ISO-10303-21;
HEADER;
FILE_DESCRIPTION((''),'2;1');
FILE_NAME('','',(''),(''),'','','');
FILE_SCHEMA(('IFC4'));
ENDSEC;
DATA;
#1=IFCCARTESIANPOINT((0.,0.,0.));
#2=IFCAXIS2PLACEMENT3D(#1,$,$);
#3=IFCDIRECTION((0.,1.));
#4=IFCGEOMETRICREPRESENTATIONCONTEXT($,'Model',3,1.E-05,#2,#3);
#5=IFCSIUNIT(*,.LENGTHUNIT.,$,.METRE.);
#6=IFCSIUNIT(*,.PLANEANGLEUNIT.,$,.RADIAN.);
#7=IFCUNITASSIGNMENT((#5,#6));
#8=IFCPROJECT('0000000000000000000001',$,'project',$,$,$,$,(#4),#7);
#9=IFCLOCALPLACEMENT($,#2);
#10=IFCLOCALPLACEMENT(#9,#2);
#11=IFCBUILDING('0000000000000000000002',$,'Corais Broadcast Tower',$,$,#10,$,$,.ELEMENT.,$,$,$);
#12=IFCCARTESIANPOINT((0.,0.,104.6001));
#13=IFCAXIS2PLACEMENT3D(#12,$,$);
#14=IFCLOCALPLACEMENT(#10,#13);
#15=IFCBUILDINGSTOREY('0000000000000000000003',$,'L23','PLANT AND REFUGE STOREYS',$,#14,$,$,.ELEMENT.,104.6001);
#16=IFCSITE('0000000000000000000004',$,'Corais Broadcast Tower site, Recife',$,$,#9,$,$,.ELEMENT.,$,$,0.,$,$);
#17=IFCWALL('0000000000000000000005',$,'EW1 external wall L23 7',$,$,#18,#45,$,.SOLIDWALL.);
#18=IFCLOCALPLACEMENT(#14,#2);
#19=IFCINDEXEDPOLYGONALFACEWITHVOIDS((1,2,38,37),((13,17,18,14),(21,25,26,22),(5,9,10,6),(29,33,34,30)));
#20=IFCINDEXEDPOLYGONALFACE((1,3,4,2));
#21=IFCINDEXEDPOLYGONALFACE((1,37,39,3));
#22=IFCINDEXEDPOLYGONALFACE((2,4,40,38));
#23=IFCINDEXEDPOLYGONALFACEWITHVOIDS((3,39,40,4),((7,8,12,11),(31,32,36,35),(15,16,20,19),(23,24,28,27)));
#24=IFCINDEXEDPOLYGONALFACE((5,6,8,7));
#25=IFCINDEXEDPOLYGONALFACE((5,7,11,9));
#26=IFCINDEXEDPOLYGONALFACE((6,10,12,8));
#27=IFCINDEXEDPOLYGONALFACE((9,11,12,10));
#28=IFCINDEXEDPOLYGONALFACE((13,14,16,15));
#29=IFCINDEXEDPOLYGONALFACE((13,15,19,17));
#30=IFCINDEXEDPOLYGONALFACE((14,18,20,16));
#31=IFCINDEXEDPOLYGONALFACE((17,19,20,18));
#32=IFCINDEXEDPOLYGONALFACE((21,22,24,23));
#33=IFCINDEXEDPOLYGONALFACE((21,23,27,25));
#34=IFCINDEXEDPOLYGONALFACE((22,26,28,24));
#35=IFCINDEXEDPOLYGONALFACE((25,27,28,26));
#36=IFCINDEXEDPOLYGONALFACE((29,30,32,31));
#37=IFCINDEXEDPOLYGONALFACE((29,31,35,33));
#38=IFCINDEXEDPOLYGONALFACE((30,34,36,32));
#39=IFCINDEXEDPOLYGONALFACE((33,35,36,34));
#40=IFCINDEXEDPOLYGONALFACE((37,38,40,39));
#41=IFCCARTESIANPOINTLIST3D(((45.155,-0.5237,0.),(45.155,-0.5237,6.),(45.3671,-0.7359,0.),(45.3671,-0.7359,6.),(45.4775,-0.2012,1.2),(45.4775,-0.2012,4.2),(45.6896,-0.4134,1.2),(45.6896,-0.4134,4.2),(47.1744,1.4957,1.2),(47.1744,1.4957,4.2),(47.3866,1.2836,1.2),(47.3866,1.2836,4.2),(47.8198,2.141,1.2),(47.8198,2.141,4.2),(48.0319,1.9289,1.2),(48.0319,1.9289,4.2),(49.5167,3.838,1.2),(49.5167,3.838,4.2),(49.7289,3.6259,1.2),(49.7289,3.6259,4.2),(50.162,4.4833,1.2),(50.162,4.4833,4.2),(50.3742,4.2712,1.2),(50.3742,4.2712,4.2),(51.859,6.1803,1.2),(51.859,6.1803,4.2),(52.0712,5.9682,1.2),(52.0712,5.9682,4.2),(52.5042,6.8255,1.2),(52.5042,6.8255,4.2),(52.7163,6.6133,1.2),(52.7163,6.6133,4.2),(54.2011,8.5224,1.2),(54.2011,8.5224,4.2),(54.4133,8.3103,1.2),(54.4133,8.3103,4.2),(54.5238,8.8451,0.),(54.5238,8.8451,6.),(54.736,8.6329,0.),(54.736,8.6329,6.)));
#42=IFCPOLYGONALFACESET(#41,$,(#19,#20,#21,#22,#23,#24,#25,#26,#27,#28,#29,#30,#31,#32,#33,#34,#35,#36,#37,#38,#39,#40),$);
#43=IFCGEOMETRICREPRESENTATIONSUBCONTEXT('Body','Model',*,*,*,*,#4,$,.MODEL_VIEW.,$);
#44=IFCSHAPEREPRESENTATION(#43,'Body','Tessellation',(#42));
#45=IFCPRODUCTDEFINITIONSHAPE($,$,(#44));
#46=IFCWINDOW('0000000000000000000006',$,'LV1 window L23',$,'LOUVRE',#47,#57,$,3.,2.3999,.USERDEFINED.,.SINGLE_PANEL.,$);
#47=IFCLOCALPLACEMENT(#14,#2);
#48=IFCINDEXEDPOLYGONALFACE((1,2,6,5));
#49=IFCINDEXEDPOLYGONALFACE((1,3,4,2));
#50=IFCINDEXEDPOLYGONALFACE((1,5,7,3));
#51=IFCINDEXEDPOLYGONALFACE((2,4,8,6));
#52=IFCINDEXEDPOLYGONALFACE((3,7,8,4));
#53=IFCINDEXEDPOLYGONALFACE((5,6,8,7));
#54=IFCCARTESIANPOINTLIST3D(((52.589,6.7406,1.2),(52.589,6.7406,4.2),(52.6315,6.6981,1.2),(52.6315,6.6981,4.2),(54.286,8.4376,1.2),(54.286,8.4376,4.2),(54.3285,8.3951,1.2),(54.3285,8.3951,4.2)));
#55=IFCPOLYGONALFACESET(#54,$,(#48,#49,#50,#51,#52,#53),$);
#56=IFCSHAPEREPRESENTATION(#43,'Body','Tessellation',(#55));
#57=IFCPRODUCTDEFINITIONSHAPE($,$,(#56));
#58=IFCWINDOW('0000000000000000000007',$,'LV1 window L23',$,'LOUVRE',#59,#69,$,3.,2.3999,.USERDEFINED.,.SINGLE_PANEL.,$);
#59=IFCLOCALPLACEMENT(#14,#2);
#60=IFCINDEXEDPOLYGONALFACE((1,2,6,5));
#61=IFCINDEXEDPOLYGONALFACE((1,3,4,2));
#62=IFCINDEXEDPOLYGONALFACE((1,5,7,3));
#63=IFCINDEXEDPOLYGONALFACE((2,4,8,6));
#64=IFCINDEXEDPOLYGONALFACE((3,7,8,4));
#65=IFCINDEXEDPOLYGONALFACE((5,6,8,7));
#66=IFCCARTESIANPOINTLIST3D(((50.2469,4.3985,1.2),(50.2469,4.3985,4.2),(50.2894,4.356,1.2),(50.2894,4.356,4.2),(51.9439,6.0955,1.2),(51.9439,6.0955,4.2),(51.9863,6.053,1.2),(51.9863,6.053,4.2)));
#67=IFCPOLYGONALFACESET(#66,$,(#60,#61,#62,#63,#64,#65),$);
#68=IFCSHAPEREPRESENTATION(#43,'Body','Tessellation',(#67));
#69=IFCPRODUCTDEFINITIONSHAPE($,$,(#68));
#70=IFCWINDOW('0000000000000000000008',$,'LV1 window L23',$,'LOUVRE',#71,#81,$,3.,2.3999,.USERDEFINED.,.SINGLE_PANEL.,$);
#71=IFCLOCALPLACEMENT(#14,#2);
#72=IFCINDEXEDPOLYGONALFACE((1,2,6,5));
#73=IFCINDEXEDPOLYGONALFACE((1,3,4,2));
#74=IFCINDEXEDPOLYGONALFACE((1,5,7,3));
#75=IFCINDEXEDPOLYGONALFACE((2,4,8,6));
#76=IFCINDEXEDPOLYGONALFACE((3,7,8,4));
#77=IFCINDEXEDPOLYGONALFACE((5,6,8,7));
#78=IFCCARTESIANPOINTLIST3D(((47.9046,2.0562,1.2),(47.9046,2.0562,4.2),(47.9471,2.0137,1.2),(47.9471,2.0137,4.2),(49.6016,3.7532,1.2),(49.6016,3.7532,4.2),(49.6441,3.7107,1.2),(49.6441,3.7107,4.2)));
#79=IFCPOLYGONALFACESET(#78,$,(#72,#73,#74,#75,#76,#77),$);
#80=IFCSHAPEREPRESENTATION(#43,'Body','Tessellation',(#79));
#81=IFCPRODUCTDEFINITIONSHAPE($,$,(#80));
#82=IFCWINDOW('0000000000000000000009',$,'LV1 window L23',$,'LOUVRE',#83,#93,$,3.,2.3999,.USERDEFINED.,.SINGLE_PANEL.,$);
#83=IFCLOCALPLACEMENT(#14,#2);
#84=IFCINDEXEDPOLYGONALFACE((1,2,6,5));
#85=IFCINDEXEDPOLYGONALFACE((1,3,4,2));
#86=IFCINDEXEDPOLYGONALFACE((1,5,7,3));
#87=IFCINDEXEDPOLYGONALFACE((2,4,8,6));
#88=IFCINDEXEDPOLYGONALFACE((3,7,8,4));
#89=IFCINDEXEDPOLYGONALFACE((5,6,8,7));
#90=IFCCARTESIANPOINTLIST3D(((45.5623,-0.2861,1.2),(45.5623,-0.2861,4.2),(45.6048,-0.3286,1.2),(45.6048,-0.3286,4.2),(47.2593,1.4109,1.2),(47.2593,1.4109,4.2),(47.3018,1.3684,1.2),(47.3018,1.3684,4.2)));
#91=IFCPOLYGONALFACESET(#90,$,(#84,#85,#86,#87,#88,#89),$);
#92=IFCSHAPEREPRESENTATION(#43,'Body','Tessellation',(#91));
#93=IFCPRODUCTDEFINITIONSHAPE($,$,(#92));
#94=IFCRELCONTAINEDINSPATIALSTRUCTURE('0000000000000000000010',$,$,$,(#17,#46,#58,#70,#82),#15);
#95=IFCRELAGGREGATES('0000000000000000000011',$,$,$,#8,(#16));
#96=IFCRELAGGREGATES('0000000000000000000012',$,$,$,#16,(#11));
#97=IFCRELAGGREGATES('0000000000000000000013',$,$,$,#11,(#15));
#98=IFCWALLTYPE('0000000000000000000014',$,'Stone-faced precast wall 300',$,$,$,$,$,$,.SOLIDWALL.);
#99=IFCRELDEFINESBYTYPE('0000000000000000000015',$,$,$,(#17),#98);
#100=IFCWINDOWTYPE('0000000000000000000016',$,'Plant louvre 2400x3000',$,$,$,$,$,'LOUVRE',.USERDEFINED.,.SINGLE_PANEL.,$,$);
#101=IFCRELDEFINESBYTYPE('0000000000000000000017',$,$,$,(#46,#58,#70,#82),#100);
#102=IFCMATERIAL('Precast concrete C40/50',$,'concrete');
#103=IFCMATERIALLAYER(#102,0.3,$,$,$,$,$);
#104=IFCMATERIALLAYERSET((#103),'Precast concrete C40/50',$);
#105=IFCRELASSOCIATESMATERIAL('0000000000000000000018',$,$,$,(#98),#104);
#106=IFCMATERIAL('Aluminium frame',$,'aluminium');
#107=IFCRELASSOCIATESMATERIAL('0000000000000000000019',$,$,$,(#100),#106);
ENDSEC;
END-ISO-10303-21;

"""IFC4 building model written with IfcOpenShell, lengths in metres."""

from ifc_helpers import new_model, si_unit, direction, frame, frame_2d, origin, place, context, subcontext, project, spatial, rectangle, extrude, material, layer, layer_set, type_object, element, fill, save


model = new_model("IFC4")

# Units and contexts
model_context = context("Model", 3, precision=1e-05, world=origin(), true_north=direction((0.0, 1.0)))
body_context = subcontext(model_context, "Body", "Model", "MODEL_VIEW")
ifc_project = project(units=[si_unit("LENGTHUNIT", "METRE"), si_unit("PLANEANGLEUNIT", "RADIAN")], contexts=[model_context])

# Site, building, storey
site_placement = place(None, origin())
site = spatial("IfcSite", under=ifc_project, at=site_placement, Name="Corais Broadcast Tower site, Recife", CompositionType="ELEMENT", RefElevation=0.0)
building_placement = place(site_placement, origin())
building = spatial("IfcBuilding", under=site, at=building_placement, Name="Corais Broadcast Tower", CompositionType="ELEMENT")
storey_placement = place(building_placement, frame((0.0, 0.0, 104.6001)))
storey = spatial("IfcBuildingStorey", under=building, at=storey_placement, Name="L23", Description="PLANT AND REFUGE STOREYS", CompositionType="ELEMENT", Elevation=104.6001)

# Wall, openings, windows
ifc_material_1 = material(Name="Precast concrete C40/50", Category="concrete")
ifc_layer = layer(ifc_material_1, 0.3)
ifc_layer_set = layer_set([ifc_layer], Name="Precast concrete C40/50")
wall_type = type_object("IfcWallType", Name="Stone-faced precast wall 300", PredefinedType="SOLIDWALL", material=ifc_layer_set)
wall_1_placement = place(storey_placement, frame((54.6299, 8.739, 0.0), z_axis=(0.0, 0.0, 1.0), x_axis=(-0.707107, -0.707107, 0.0)))
wall_1 = element("IfcWall", 1, at=wall_1_placement, inside=storey, type_object=wall_type, Name="EW1 external wall L23 7", PredefinedType="SOLIDWALL", context=body_context, shape_type="SweptSolid", body=[
    extrude(rectangle(XDim=13.2495, YDim=0.3, at=frame_2d((6.6248, 0.0))), origin(), (0.0, 0.0, 1.0), 6.0),
])
opening_1_placement = place(wall_1_placement, frame((0.4563, 0.0, 1.2)))
opening_1 = element("IfcOpeningElement", 2, at=opening_1_placement, cuts=wall_1, PredefinedType="OPENING", context=body_context, shape_type="SweptSolid", body=[
    extrude(rectangle(XDim=2.3999, YDim=3.0, at=frame_2d((1.2, 1.5))), frame((0.0, 0.1599, 0.0), z_axis=(0.0, -1.0, 0.0), x_axis=(1.0, 0.0, 0.0)), (0.0, 0.0, 1.0), 0.3201),
])
opening_2_placement = place(wall_1_placement, frame((3.7686, 0.0, 1.2)))
opening_2 = element("IfcOpeningElement", 3, at=opening_2_placement, cuts=wall_1, PredefinedType="OPENING", context=body_context, shape_type="SweptSolid", body=[
    extrude(rectangle(XDim=2.3999, YDim=3.0, at=frame_2d((1.2, 1.5))), frame((0.0, 0.1599, 0.0), z_axis=(0.0, -1.0, 0.0), x_axis=(1.0, 0.0, 0.0)), (0.0, 0.0, 1.0), 0.3201),
])
opening_3_placement = place(wall_1_placement, frame((7.0811, 0.0, 1.2)))
opening_3 = element("IfcOpeningElement", 4, at=opening_3_placement, cuts=wall_1, PredefinedType="OPENING", context=body_context, shape_type="SweptSolid", body=[
    extrude(rectangle(XDim=2.3999, YDim=3.0, at=frame_2d((1.2, 1.5))), frame((0.0, 0.1599, 0.0), z_axis=(0.0, -1.0, 0.0), x_axis=(1.0, 0.0, 0.0)), (0.0, 0.0, 1.0), 0.3201),
])
opening_4_placement = place(wall_1_placement, frame((10.3936, 0.0, 1.2)))
opening_4 = element("IfcOpeningElement", 5, at=opening_4_placement, cuts=wall_1, PredefinedType="OPENING", context=body_context, shape_type="SweptSolid", body=[
    extrude(rectangle(XDim=2.3999, YDim=3.0, at=frame_2d((1.2, 1.5))), frame((0.0, 0.1599, 0.0), z_axis=(0.0, -1.0, 0.0), x_axis=(1.0, 0.0, 0.0)), (0.0, 0.0, 1.0), 0.3201),
])
ifc_material_2 = material(Name="Aluminium frame", Category="aluminium")
window_type = type_object("IfcWindowType", Name="Plant louvre 2400x3000", ElementType="LOUVRE", PartitioningType="SINGLE_PANEL", PredefinedType="USERDEFINED", material=ifc_material_2)
window_1_placement = place(opening_1_placement, origin())
window_1 = element("IfcWindow", 6, at=window_1_placement, inside=storey, type_object=window_type, Name="LV1 window L23", ObjectType="LOUVRE", OverallHeight=3.0, OverallWidth=2.3999, PartitioningType="SINGLE_PANEL", PredefinedType="USERDEFINED", context=body_context, shape_type="SweptSolid", body=[
    extrude(rectangle(XDim=2.3999, YDim=3.0, at=frame_2d((1.2, 1.5))), frame((0.0, 0.03, 0.0), z_axis=(0.0, -1.0, 0.0), x_axis=(1.0, 0.0, 0.0)), (0.0, 0.0, 1.0), 0.0601),
])
fill(opening_1, window_1)
window_2_placement = place(opening_2_placement, origin())
window_2 = element("IfcWindow", 7, at=window_2_placement, inside=storey, type_object=window_type, Name="LV1 window L23", ObjectType="LOUVRE", OverallHeight=3.0, OverallWidth=2.3999, PartitioningType="SINGLE_PANEL", PredefinedType="USERDEFINED", context=body_context, shape_type="SweptSolid", body=[
    extrude(rectangle(XDim=2.3999, YDim=3.0, at=frame_2d((1.2, 1.5))), frame((0.0, 0.03, 0.0), z_axis=(0.0, -1.0, 0.0), x_axis=(1.0, 0.0, 0.0)), (0.0, 0.0, 1.0), 0.0601),
])
fill(opening_2, window_2)
window_3_placement = place(opening_3_placement, origin())
window_3 = element("IfcWindow", 8, at=window_3_placement, inside=storey, type_object=window_type, Name="LV1 window L23", ObjectType="LOUVRE", OverallHeight=3.0, OverallWidth=2.3999, PartitioningType="SINGLE_PANEL", PredefinedType="USERDEFINED", context=body_context, shape_type="SweptSolid", body=[
    extrude(rectangle(XDim=2.3999, YDim=3.0, at=frame_2d((1.2, 1.5))), frame((0.0, 0.03, 0.0), z_axis=(0.0, -1.0, 0.0), x_axis=(1.0, 0.0, 0.0)), (0.0, 0.0, 1.0), 0.0601),
])
fill(opening_3, window_3)
window_4_placement = place(opening_4_placement, origin())
window_4 = element("IfcWindow", 9, at=window_4_placement, inside=storey, type_object=window_type, Name="LV1 window L23", ObjectType="LOUVRE", OverallHeight=3.0, OverallWidth=2.3999, PartitioningType="SINGLE_PANEL", PredefinedType="USERDEFINED", context=body_context, shape_type="SweptSolid", body=[
    extrude(rectangle(XDim=2.3999, YDim=3.0, at=frame_2d((1.2, 1.5))), frame((0.0, 0.03, 0.0), z_axis=(0.0, -1.0, 0.0), x_axis=(1.0, 0.0, 0.0)), (0.0, 0.0, 1.0), 0.0601),
])
fill(opening_4, window_4)

save(model, "model.ifc")
